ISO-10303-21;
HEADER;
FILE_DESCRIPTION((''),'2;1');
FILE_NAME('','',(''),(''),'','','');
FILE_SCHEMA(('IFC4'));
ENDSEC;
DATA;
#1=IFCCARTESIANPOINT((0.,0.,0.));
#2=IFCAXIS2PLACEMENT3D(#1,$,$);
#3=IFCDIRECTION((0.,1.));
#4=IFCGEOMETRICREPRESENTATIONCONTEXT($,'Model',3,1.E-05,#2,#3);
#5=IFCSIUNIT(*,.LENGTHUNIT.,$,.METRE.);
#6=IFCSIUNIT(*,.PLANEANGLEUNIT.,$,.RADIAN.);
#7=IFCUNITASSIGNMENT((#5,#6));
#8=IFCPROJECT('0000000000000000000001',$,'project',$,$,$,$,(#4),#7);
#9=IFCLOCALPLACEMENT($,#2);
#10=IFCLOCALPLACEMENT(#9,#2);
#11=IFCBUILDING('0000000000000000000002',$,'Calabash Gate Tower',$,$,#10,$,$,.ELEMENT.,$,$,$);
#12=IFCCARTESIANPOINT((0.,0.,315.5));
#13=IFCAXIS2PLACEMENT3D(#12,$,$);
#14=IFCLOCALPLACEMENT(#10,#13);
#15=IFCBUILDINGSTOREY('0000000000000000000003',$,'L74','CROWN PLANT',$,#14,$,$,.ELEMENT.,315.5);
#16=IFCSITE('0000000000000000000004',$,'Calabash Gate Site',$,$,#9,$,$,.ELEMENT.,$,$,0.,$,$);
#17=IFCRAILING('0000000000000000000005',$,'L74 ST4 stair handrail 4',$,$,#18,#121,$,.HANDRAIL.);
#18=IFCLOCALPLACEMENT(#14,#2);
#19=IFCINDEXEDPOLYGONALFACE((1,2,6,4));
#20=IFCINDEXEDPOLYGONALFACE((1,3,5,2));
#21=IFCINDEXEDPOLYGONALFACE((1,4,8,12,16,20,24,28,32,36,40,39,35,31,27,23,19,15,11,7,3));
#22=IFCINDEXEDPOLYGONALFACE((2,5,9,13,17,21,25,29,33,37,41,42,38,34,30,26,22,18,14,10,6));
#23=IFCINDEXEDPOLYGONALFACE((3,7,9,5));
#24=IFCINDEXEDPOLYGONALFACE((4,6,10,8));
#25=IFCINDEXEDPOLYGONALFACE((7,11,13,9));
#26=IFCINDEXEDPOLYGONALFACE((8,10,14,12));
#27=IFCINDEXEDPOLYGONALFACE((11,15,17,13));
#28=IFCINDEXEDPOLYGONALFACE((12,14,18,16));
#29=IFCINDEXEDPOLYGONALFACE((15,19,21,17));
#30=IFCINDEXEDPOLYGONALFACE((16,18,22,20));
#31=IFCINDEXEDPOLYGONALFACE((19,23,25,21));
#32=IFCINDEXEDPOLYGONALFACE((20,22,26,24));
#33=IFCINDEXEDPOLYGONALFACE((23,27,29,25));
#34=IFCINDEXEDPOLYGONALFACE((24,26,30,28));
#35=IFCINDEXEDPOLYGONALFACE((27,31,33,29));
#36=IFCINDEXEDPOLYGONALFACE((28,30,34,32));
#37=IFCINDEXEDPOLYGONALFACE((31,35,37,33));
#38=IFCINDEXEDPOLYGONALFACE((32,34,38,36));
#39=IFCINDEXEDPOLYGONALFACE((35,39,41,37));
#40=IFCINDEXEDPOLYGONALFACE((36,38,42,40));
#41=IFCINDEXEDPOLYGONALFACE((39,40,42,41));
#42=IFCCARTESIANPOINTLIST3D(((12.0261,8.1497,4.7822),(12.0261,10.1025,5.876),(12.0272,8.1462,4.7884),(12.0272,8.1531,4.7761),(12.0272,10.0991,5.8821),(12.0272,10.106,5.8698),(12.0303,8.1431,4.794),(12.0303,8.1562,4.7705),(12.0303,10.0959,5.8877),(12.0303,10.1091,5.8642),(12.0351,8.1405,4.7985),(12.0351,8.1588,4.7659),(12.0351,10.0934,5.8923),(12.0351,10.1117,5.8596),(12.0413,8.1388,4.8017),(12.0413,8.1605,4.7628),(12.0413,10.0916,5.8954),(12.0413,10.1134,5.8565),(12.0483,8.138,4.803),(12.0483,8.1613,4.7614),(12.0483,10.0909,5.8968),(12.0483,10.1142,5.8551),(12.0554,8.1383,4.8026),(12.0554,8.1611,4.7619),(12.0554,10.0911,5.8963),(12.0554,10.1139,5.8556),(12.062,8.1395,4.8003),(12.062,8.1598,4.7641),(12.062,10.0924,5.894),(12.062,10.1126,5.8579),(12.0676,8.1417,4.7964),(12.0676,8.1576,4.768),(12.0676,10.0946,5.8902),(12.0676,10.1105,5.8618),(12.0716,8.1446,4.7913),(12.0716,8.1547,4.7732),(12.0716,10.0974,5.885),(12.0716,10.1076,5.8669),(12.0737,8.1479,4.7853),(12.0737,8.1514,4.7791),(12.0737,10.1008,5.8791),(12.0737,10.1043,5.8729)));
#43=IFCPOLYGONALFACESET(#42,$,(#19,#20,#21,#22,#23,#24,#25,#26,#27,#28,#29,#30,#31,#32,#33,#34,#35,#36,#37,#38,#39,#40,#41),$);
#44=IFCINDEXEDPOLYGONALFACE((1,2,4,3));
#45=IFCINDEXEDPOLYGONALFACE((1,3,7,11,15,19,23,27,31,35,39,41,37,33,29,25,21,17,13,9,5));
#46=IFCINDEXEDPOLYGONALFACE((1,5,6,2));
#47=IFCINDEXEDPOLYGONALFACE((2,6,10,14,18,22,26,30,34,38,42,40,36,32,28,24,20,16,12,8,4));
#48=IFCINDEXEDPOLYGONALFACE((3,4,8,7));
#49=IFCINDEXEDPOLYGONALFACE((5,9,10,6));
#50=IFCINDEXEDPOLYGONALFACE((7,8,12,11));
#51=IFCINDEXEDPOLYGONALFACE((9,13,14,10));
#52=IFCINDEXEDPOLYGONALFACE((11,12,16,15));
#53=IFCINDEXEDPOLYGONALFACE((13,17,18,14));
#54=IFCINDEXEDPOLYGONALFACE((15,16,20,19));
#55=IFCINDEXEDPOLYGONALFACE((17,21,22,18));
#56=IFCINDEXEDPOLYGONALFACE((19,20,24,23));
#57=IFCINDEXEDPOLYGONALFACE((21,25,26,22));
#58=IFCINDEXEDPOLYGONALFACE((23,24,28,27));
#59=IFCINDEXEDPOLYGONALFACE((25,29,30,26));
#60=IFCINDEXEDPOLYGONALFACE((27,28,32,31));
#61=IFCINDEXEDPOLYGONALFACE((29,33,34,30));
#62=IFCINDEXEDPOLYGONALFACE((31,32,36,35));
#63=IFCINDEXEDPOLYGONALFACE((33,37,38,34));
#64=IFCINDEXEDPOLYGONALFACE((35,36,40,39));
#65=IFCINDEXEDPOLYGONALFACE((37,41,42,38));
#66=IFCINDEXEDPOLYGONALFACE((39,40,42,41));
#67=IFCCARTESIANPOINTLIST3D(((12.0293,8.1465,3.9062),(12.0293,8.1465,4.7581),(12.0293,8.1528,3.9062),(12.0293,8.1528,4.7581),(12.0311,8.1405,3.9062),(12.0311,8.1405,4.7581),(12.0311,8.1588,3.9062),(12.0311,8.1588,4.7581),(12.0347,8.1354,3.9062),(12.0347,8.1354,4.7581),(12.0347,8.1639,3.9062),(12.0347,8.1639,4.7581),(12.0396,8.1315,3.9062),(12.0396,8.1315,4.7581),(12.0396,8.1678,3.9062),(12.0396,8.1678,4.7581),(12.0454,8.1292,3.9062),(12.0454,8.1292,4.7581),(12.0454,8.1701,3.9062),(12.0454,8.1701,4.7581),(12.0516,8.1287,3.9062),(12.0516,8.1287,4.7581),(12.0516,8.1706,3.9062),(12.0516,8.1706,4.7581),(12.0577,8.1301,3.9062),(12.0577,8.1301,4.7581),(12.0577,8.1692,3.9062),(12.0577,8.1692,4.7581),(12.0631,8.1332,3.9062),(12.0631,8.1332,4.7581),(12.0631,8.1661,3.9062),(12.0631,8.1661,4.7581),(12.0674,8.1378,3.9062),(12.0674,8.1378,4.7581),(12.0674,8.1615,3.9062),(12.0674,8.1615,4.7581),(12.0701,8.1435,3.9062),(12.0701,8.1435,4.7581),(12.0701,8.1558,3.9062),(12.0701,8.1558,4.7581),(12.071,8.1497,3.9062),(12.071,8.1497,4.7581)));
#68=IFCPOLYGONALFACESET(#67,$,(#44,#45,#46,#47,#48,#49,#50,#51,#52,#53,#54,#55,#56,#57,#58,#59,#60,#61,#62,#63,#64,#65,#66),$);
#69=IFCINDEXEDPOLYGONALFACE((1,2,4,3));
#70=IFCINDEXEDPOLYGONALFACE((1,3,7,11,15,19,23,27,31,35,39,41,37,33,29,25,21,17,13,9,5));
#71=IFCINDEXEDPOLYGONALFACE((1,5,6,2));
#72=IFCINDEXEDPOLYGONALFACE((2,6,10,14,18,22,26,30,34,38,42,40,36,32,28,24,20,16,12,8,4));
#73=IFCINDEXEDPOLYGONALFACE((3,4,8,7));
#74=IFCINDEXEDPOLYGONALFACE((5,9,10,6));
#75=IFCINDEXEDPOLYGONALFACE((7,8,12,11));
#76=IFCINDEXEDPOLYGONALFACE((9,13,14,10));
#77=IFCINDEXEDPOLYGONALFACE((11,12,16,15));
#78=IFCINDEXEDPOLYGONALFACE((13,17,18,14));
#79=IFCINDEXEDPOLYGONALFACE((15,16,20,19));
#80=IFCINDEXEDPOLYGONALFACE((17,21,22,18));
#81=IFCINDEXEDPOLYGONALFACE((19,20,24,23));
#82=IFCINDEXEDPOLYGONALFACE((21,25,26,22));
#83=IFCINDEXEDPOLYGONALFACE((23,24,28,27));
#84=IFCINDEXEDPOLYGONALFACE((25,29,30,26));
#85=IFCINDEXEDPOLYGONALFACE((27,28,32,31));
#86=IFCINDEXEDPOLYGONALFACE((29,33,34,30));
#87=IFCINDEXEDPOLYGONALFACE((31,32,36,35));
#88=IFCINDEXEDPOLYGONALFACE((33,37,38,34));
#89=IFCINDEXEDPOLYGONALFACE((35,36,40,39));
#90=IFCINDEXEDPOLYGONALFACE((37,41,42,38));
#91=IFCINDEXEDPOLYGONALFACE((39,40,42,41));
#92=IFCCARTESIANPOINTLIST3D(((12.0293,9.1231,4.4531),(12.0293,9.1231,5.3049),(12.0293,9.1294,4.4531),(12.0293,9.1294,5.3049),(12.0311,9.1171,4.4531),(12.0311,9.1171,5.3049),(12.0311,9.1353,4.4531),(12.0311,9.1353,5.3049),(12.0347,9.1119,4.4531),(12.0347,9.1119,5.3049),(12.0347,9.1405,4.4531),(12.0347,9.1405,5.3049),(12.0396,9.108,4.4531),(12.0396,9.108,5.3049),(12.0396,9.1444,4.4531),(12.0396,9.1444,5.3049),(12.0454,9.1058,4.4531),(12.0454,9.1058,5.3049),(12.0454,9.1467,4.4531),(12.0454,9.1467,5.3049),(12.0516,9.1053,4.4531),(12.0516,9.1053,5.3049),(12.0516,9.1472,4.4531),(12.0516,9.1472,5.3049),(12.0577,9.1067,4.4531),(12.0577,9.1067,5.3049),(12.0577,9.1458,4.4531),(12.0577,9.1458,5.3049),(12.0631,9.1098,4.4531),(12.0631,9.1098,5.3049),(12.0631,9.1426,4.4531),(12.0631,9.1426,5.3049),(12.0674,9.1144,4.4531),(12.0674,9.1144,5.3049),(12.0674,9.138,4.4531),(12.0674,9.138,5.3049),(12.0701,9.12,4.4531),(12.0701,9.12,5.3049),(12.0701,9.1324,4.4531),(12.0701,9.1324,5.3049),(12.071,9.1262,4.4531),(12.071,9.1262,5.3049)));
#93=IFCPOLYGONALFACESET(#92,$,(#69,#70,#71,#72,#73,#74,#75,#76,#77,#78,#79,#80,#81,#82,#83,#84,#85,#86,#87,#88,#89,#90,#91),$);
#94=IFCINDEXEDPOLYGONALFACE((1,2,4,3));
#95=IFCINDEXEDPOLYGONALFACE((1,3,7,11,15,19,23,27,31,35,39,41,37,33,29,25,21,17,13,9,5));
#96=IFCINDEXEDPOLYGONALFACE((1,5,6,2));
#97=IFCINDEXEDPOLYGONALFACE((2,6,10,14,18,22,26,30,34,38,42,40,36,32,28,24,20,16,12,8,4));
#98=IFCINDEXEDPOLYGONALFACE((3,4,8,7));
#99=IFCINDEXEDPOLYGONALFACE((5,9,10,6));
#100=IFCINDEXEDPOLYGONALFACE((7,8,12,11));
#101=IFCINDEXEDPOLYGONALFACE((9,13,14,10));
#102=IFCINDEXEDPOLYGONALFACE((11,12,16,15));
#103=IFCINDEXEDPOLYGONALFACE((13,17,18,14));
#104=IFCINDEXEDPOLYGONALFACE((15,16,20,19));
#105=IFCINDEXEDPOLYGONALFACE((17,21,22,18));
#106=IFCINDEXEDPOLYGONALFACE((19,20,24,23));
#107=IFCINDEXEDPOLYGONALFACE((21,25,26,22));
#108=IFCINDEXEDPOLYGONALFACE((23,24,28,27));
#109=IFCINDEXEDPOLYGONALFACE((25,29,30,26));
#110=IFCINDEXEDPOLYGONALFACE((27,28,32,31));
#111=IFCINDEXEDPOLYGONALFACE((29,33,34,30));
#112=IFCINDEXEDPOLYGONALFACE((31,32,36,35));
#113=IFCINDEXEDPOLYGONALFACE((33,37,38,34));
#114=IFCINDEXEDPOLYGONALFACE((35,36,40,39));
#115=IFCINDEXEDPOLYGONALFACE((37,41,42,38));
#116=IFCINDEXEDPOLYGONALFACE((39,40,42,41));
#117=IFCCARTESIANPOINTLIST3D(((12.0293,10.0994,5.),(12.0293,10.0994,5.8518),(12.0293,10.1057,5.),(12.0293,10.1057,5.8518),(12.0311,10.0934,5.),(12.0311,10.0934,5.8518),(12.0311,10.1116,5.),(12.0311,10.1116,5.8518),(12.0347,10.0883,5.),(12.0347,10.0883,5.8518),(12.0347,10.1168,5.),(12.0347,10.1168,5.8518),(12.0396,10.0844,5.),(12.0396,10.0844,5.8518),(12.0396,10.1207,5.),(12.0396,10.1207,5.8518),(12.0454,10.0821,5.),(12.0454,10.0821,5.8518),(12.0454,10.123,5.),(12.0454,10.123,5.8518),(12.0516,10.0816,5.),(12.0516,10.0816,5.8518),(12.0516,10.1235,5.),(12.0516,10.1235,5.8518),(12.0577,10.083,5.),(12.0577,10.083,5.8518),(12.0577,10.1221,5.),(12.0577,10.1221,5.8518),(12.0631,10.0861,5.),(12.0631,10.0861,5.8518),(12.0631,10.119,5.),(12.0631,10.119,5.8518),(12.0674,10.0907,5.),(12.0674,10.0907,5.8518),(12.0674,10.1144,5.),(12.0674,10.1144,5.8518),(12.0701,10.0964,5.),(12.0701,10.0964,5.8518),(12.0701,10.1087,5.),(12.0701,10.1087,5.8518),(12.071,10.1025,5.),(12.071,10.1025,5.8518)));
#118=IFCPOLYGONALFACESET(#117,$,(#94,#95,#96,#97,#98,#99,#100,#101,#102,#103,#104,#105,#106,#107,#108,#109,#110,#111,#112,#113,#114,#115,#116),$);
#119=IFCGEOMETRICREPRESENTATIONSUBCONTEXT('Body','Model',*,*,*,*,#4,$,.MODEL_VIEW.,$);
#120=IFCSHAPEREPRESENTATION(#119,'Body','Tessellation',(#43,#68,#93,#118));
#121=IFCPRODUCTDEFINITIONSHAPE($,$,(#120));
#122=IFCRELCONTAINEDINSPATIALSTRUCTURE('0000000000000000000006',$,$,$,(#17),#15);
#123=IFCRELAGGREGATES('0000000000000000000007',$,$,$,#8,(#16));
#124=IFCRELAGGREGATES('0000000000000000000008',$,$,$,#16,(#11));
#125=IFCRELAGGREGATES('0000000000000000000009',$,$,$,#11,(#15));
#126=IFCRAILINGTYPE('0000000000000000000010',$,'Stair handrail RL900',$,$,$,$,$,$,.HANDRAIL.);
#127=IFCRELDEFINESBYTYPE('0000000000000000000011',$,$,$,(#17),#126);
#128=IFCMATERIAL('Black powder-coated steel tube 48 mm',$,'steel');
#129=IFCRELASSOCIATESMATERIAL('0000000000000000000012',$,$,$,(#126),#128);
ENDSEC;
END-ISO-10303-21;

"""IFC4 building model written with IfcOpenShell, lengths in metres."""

from ifc_helpers import new_model, si_unit, direction, frame, origin, origin_2d, place, context, subcontext, project, spatial, circle, extrude, material, type_object, element, save


model = new_model("IFC4")

# Units and contexts
model_context = context("Model", 3, precision=1e-05, world=origin(), true_north=direction((0.0, 1.0)))
body_context = subcontext(model_context, "Body", "Model", "MODEL_VIEW")
ifc_project = project(units=[si_unit("LENGTHUNIT", "METRE"), si_unit("PLANEANGLEUNIT", "RADIAN")], contexts=[model_context])

# Site, building, storey
site_placement = place(None, origin())
site = spatial("IfcSite", under=ifc_project, at=site_placement, Name="Calabash Gate Site", CompositionType="ELEMENT", RefElevation=0.0)
building_placement = place(site_placement, origin())
building = spatial("IfcBuilding", under=site, at=building_placement, Name="Calabash Gate Tower", CompositionType="ELEMENT")
storey_placement = place(building_placement, frame((0.0, 0.0, 315.5)))
storey = spatial("IfcBuildingStorey", under=building, at=storey_placement, Name="L74", Description="CROWN PLANT", CompositionType="ELEMENT", Elevation=315.5)

# Railing
ifc_material_1 = material(Name="Black powder-coated steel tube 48 mm", Category="steel")
railing_type = type_object("IfcRailingType", Name="Stair handrail RL900", PredefinedType="HANDRAIL", material=ifc_material_1)
for number, where, name in (
    (1, (12.05, 8.1497, 3.9062), "L74 ST4 stair handrail 4"),
):
    element("IfcRailing", number, at=place(storey_placement, frame(where)), inside=storey, type_object=railing_type, Name=name, PredefinedType="HANDRAIL", context=body_context, shape_type="SweptSolid", body=[
        extrude(circle(Radius=0.0239, at=origin_2d()), frame((0.0, 0.0, 0.876), z_axis=(0.0, 0.87248, 0.48865), x_axis=(-1.0, 0.0, 0.0)), (0.0, 0.0, 1.0), 2.2383),
        extrude(circle(Radius=0.021, at=origin_2d()), origin(), (0.0, 0.0, 1.0), 0.8518),
        extrude(circle(Radius=0.021, at=origin_2d()), frame((0.0, 0.9766, 0.5469)), (0.0, 0.0, 1.0), 0.8518),
        extrude(circle(Radius=0.021, at=origin_2d()), frame((0.0, 1.9529, 1.0938)), (0.0, 0.0, 1.0), 0.8518),
    ])

save(model, "model.ifc")
